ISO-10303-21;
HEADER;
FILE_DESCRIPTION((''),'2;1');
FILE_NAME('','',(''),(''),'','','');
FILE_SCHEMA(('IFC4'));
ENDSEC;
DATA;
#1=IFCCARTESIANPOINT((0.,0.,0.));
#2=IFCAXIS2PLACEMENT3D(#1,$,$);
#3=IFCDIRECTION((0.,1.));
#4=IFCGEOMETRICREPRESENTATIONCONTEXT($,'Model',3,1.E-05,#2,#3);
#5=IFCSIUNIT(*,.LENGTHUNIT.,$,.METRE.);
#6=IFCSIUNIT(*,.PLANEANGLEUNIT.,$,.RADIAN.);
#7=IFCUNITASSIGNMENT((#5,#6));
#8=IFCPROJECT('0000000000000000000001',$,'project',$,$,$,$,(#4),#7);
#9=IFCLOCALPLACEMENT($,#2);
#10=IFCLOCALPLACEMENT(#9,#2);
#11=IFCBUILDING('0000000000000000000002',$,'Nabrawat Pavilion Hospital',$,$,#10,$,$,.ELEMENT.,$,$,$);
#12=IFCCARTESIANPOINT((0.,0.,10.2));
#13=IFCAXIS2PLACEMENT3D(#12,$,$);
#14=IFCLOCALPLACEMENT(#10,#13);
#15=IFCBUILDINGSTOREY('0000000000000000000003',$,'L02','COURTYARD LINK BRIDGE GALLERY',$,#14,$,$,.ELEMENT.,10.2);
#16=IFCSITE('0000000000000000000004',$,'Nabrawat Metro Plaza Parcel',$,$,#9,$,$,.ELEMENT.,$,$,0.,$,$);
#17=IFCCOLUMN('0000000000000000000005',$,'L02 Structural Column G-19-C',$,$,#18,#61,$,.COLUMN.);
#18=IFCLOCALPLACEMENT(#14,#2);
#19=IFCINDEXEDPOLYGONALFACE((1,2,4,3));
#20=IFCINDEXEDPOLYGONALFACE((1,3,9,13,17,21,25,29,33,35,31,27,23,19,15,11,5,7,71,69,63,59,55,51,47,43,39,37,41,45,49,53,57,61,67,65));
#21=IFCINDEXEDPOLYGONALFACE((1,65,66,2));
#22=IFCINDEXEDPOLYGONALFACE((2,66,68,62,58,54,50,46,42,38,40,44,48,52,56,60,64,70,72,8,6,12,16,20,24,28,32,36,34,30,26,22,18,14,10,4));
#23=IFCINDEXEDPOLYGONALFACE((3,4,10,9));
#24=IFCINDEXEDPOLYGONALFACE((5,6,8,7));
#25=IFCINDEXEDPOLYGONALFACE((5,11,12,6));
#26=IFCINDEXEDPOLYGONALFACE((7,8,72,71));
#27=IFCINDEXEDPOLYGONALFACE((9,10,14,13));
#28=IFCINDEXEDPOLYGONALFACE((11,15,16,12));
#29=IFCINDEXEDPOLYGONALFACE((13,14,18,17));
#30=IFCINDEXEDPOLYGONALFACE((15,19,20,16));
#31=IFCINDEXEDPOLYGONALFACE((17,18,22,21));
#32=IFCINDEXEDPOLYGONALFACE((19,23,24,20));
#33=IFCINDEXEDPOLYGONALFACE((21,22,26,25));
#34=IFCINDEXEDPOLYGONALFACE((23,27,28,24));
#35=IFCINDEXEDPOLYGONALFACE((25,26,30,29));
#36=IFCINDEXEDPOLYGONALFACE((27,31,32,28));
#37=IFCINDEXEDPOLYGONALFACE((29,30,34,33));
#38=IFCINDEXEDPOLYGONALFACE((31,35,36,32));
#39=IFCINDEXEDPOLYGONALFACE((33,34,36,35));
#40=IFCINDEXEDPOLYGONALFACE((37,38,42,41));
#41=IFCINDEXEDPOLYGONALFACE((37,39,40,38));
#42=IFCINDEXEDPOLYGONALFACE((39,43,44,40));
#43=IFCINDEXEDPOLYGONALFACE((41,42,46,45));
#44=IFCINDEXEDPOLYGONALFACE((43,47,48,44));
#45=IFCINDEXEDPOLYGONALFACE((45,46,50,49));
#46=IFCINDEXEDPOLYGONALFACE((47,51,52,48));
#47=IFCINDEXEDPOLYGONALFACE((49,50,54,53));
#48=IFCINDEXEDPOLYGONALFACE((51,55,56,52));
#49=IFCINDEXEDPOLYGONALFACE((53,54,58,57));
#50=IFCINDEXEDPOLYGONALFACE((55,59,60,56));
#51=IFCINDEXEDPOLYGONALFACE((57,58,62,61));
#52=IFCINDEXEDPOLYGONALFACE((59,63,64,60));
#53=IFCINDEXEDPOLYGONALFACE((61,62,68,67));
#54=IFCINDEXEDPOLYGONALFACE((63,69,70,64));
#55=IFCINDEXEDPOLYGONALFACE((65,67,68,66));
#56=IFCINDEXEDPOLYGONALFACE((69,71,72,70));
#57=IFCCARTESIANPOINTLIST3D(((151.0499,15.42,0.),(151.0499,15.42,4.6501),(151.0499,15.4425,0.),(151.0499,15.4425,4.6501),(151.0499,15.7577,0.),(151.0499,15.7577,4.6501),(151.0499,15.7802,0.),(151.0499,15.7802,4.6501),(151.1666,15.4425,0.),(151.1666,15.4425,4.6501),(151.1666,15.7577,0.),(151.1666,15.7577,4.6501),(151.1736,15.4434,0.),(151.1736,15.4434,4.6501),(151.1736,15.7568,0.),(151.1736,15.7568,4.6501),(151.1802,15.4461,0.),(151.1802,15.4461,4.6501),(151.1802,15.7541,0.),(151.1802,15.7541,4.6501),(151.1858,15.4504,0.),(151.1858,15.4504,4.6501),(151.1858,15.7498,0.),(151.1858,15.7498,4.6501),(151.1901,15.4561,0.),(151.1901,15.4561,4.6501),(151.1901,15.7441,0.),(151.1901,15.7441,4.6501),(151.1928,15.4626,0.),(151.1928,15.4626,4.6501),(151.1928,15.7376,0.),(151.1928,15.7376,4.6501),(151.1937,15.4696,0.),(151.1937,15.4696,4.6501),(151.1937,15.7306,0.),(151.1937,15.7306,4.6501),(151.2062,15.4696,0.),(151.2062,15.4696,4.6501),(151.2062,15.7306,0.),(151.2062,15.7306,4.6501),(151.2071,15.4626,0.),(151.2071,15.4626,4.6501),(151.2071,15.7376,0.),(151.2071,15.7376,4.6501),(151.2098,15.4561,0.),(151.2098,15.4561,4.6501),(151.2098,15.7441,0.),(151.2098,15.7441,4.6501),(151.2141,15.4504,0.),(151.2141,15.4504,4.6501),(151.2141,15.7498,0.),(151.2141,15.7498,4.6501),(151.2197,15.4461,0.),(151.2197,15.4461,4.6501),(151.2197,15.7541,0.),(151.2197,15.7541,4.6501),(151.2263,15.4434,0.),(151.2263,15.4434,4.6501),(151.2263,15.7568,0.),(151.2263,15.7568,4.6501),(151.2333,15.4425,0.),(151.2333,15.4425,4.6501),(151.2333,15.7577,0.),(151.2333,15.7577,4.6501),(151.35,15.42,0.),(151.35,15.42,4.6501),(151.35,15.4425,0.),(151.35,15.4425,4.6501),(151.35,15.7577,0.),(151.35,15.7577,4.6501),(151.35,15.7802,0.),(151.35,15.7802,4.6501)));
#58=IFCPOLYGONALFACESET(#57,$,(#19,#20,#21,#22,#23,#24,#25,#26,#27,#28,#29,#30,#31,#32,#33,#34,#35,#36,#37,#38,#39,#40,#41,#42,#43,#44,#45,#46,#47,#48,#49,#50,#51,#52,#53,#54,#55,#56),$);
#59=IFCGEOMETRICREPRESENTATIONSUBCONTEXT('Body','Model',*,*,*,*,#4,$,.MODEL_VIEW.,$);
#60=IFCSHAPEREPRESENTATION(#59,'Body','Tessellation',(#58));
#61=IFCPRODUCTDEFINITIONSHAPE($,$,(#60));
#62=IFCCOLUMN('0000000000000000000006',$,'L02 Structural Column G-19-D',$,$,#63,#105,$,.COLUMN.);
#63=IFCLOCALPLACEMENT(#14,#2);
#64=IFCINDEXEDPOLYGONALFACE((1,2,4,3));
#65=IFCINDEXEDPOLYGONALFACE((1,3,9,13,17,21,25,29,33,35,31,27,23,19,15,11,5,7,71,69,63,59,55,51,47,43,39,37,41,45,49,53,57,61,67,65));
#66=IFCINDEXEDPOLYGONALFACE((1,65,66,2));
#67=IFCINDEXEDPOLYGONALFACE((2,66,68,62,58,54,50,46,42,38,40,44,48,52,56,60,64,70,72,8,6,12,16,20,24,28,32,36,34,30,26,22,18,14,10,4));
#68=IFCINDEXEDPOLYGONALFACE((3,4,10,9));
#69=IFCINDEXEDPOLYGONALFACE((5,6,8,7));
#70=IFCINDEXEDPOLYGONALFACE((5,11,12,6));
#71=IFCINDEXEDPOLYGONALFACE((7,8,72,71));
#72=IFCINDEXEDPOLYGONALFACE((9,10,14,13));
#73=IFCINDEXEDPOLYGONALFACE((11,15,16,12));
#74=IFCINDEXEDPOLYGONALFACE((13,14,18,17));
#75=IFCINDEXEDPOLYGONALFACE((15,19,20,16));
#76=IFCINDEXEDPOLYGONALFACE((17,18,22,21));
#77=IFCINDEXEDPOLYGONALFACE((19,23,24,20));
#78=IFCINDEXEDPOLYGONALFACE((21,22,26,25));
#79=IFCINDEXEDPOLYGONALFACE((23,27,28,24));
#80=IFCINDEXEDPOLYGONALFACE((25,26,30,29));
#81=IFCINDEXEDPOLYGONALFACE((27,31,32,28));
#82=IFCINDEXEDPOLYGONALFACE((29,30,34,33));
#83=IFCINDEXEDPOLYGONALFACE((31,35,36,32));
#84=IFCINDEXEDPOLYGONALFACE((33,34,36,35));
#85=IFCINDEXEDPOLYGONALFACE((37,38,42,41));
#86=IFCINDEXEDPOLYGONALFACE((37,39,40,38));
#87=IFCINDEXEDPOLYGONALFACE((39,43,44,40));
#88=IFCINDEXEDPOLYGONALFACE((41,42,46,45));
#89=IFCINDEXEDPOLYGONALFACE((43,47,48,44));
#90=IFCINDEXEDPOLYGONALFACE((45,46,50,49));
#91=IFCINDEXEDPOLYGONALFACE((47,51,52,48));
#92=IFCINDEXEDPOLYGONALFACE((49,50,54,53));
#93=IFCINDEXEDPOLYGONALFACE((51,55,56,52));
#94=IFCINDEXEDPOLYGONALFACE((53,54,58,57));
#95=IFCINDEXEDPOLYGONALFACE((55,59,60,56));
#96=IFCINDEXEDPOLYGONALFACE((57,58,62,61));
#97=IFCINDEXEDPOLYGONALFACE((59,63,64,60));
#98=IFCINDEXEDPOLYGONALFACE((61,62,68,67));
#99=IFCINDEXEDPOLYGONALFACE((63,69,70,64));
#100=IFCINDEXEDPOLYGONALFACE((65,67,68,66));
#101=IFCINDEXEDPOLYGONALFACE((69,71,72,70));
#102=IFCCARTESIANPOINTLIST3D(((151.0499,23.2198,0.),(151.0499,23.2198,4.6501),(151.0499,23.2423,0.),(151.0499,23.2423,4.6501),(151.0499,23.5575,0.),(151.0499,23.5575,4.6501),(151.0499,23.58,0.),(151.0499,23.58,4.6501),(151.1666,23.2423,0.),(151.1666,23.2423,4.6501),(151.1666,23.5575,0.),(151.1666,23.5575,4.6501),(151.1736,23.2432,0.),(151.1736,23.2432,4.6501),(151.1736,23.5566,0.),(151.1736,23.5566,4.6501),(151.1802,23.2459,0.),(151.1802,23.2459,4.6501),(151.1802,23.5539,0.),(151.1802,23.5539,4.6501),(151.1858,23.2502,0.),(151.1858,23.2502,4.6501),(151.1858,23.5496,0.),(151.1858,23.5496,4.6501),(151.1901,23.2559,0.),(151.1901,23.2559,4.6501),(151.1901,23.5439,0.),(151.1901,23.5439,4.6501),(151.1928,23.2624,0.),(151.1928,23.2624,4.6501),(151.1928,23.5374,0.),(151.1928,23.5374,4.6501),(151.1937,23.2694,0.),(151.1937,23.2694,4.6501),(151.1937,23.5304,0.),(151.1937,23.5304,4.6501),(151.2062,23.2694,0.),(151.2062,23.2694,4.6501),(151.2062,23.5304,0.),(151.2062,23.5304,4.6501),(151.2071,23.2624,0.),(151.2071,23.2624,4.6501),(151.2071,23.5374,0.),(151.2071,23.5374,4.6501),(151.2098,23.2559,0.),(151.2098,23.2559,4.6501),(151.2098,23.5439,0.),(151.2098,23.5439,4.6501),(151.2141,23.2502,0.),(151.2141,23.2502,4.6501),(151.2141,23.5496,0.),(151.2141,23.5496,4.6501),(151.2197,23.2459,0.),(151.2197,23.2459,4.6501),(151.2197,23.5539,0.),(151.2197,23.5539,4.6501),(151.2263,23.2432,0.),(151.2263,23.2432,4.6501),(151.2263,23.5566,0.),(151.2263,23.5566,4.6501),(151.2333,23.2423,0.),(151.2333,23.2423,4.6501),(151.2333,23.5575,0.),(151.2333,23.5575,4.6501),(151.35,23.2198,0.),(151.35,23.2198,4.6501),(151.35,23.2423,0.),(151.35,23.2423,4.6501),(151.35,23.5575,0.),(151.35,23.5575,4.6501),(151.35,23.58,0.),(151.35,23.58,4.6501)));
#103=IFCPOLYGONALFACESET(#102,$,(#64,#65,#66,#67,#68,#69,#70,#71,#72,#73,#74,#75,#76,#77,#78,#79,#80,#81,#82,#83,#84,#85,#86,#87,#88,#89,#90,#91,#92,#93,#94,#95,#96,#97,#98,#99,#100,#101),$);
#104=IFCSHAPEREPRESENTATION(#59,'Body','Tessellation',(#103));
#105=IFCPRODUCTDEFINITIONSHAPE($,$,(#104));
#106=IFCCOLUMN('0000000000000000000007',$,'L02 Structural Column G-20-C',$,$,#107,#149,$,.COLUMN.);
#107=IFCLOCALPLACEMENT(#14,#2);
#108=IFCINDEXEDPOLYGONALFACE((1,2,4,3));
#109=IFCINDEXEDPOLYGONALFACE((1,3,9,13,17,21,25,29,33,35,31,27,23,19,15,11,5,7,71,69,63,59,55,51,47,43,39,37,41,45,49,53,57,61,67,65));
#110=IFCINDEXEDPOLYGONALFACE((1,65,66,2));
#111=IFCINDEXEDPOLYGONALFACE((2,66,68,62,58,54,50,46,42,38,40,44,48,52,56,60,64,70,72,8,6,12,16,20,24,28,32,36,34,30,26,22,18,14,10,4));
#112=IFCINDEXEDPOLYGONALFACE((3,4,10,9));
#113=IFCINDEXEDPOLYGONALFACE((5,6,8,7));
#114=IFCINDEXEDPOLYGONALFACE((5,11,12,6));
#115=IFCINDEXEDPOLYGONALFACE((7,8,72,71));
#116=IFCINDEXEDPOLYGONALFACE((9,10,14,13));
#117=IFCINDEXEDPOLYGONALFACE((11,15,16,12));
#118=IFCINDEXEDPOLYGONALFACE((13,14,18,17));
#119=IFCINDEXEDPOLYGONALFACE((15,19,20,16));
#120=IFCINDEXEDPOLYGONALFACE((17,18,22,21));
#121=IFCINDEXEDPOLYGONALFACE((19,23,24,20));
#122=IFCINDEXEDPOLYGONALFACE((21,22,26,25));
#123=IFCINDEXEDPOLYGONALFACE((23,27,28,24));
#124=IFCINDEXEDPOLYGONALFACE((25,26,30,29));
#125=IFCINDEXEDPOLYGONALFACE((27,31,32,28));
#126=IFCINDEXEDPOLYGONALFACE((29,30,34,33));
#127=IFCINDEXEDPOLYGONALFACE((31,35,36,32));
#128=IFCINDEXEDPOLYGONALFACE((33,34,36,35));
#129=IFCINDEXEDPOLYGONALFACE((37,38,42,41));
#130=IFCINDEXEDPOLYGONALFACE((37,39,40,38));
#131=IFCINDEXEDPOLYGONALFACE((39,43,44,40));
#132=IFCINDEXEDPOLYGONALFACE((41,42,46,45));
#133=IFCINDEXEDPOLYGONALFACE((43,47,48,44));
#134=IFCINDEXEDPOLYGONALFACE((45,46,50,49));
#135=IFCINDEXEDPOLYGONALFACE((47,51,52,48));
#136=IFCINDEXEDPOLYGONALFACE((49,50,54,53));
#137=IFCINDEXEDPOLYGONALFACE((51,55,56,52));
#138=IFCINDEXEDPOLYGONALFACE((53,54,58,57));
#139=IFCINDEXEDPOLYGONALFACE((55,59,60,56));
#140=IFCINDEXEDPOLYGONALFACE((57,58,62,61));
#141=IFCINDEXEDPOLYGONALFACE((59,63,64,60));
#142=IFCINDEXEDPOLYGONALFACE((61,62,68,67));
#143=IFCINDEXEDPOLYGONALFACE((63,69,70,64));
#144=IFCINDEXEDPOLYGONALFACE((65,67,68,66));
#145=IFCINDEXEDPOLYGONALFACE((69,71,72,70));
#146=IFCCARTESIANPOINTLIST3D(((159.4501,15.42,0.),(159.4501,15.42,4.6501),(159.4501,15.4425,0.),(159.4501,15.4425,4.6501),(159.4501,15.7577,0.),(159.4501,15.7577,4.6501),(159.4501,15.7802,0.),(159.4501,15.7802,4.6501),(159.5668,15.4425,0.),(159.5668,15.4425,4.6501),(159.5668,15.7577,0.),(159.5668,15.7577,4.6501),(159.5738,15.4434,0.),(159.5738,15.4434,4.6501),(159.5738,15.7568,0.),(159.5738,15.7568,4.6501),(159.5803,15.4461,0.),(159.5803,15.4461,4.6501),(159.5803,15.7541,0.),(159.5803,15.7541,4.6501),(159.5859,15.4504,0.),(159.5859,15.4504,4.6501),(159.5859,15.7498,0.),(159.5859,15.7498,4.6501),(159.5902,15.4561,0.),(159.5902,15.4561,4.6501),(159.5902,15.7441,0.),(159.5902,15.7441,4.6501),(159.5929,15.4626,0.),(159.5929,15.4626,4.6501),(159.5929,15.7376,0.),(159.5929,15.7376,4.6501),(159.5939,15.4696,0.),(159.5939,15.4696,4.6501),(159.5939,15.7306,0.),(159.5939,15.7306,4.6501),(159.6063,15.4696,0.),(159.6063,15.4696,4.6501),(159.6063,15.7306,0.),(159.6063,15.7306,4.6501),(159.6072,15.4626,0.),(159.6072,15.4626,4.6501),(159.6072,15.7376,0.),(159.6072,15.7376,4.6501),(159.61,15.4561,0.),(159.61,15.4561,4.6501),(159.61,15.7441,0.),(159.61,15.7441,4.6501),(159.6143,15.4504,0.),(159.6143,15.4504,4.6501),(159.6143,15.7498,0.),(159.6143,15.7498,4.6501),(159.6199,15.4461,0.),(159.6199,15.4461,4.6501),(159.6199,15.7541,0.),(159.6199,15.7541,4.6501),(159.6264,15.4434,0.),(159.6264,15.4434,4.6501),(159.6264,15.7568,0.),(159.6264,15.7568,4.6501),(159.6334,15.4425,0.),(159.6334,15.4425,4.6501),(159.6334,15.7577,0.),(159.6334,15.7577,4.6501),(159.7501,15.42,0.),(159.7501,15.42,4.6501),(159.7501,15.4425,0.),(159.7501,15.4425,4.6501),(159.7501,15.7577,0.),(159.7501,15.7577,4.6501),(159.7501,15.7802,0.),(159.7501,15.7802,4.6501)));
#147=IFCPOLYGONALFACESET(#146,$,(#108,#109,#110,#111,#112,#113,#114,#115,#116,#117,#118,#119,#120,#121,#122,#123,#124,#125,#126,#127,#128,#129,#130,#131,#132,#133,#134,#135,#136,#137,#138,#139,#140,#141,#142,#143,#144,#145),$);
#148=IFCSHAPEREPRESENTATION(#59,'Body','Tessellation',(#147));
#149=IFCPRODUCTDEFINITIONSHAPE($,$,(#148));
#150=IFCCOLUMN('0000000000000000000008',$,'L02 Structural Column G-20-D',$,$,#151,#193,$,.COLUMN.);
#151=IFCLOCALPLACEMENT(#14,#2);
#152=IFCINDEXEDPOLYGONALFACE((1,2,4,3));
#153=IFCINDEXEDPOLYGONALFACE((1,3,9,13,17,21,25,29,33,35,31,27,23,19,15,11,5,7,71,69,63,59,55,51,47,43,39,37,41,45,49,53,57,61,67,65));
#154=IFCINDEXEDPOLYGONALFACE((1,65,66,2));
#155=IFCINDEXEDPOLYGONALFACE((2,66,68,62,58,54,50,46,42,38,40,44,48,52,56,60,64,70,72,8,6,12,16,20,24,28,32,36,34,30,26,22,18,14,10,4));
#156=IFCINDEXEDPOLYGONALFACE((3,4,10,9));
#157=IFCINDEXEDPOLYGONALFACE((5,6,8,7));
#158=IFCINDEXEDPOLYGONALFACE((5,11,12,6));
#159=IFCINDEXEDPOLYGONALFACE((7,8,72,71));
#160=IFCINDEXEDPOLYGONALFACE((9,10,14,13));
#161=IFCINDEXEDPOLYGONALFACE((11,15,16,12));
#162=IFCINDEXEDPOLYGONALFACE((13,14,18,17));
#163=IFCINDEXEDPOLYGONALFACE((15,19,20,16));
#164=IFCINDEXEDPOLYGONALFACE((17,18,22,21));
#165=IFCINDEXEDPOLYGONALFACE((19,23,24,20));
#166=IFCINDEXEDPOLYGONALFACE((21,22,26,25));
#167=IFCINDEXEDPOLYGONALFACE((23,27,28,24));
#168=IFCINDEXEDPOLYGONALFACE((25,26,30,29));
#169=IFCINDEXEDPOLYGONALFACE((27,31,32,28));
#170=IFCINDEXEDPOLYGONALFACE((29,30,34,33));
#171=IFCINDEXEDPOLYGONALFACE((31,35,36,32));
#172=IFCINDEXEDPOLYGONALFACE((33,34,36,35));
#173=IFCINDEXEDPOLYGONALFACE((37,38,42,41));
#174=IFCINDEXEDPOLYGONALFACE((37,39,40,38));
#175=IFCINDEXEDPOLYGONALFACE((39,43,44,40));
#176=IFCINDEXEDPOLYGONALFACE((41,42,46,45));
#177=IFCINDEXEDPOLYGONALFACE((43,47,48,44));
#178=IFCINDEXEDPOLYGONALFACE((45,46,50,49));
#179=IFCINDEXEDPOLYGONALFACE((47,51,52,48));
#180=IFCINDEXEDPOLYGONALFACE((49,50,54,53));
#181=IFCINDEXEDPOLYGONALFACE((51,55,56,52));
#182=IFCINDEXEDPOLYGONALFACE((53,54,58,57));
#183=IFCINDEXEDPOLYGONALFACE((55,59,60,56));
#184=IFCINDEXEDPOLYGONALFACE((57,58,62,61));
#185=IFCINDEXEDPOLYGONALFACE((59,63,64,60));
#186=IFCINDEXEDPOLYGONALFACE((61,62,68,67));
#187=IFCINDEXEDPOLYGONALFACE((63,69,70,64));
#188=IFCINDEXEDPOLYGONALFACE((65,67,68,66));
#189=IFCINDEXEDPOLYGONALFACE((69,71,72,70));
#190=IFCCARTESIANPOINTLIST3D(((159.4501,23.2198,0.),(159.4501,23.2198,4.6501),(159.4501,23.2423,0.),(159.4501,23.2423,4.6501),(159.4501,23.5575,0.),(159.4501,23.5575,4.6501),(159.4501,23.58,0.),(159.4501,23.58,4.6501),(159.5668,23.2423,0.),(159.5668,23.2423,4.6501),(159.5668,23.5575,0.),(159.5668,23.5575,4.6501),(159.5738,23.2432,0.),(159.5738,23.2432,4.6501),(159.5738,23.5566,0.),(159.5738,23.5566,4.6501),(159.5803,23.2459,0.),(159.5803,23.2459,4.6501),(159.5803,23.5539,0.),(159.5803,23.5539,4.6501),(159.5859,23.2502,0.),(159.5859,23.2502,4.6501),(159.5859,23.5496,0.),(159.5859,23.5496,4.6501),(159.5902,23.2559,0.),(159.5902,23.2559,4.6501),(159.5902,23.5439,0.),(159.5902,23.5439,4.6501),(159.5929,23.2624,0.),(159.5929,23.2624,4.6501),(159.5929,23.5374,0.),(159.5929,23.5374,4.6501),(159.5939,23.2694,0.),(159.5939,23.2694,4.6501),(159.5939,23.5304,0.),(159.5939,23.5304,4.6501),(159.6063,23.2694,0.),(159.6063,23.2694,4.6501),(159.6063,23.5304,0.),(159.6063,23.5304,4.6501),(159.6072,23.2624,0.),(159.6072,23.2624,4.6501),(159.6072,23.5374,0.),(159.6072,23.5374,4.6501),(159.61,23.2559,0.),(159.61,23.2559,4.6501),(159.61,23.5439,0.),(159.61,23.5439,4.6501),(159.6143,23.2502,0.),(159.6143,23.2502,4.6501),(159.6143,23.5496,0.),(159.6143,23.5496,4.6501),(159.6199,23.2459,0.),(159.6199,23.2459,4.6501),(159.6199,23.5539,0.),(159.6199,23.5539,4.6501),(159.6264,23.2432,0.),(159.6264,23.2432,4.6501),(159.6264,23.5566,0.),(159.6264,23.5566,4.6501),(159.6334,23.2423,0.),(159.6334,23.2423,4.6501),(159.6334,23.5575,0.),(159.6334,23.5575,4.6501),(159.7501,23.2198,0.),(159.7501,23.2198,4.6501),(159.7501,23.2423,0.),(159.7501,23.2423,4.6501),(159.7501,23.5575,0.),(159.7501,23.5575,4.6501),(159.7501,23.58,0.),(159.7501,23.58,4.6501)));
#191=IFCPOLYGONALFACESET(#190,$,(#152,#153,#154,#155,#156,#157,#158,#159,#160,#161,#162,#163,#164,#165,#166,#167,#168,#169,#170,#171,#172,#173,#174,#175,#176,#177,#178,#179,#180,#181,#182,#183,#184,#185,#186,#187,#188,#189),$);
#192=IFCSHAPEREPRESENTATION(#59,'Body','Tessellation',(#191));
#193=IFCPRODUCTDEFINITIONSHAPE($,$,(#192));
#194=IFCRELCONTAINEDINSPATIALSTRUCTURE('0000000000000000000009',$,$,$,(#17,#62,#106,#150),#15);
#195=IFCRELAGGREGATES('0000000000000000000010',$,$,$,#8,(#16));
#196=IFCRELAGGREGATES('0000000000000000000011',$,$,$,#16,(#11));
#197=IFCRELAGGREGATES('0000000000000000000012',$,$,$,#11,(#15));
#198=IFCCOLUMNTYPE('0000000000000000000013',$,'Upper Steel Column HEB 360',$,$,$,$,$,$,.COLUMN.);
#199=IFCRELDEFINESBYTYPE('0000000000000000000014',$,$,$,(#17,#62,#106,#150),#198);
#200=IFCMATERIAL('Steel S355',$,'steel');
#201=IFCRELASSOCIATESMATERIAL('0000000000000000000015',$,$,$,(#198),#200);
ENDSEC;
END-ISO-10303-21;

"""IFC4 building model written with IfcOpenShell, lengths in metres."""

from ifc_helpers import new_model, si_unit, direction, frame, origin, origin_2d, place, context, subcontext, project, spatial, i_section, extrude, material, material_profile, profile_set, type_object, element, save


model = new_model("IFC4")

# Units and contexts
model_context = context("Model", 3, precision=1e-05, world=origin(), true_north=direction((0.0, 1.0)))
body_context = subcontext(model_context, "Body", "Model", "MODEL_VIEW")
ifc_project = project(units=[si_unit("LENGTHUNIT", "METRE"), si_unit("PLANEANGLEUNIT", "RADIAN")], contexts=[model_context])

# Site, building, storey
site_placement = place(None, origin())
site = spatial("IfcSite", under=ifc_project, at=site_placement, Name="Nabrawat Metro Plaza Parcel", CompositionType="ELEMENT", RefElevation=0.0)
building_placement = place(site_placement, origin())
building = spatial("IfcBuilding", under=site, at=building_placement, Name="Nabrawat Pavilion Hospital", CompositionType="ELEMENT")
storey_placement = place(building_placement, frame((0.0, 0.0, 10.2)))
storey = spatial("IfcBuildingStorey", under=building, at=storey_placement, Name="L02", Description="COURTYARD LINK BRIDGE GALLERY", CompositionType="ELEMENT", Elevation=10.2)

# Columns
ifc_material_1 = material(Name="Steel S355", Category="steel")
ifc_material_profile_1 = material_profile(ifc_material_1, i_section(OverallWidth=0.3, OverallDepth=0.3601, WebThickness=0.0125, FlangeThickness=0.0225, FilletRadius=0.0271, at=origin_2d()), Name="HEB 360")
ifc_profile_set_1 = profile_set([ifc_material_profile_1], Name="Steel S355")
column_type = type_object("IfcColumnType", Name="Upper Steel Column HEB 360", PredefinedType="COLUMN", material=ifc_profile_set_1)
for number, where, z_axis, x_axis, name in (
    (1, (151.2, 15.6001, 0.0), (0.0, 0.0, 1.0), (1.0, 0.0, 0.0), "L02 Structural Column G-19-C"),
    (2, (151.2, 23.3999, 0.0), (0.0, 0.0, 1.0), (1.0, 0.0, 0.0), "L02 Structural Column G-19-D"),
    (3, (159.6001, 15.6001, 0.0), (0.0, 0.0, 1.0), (1.0, 0.0, 0.0), "L02 Structural Column G-20-C"),
    (4, (159.6001, 23.3999, 0.0), (0.0, 0.0, 1.0), (1.0, 0.0, 0.0), "L02 Structural Column G-20-D"),
):
    element("IfcColumn", number, at=place(storey_placement, frame(where, z_axis=z_axis, x_axis=x_axis)), inside=storey, type_object=column_type, Name=name, PredefinedType="COLUMN", context=body_context, shape_type="SweptSolid", body=[
        extrude(i_section(OverallWidth=0.3, OverallDepth=0.3601, WebThickness=0.0125, FlangeThickness=0.0225, FilletRadius=0.0271, at=origin_2d()), origin(), (0.0, 0.0, 1.0), 4.6501),
    ])

save(model, "model.ifc")
